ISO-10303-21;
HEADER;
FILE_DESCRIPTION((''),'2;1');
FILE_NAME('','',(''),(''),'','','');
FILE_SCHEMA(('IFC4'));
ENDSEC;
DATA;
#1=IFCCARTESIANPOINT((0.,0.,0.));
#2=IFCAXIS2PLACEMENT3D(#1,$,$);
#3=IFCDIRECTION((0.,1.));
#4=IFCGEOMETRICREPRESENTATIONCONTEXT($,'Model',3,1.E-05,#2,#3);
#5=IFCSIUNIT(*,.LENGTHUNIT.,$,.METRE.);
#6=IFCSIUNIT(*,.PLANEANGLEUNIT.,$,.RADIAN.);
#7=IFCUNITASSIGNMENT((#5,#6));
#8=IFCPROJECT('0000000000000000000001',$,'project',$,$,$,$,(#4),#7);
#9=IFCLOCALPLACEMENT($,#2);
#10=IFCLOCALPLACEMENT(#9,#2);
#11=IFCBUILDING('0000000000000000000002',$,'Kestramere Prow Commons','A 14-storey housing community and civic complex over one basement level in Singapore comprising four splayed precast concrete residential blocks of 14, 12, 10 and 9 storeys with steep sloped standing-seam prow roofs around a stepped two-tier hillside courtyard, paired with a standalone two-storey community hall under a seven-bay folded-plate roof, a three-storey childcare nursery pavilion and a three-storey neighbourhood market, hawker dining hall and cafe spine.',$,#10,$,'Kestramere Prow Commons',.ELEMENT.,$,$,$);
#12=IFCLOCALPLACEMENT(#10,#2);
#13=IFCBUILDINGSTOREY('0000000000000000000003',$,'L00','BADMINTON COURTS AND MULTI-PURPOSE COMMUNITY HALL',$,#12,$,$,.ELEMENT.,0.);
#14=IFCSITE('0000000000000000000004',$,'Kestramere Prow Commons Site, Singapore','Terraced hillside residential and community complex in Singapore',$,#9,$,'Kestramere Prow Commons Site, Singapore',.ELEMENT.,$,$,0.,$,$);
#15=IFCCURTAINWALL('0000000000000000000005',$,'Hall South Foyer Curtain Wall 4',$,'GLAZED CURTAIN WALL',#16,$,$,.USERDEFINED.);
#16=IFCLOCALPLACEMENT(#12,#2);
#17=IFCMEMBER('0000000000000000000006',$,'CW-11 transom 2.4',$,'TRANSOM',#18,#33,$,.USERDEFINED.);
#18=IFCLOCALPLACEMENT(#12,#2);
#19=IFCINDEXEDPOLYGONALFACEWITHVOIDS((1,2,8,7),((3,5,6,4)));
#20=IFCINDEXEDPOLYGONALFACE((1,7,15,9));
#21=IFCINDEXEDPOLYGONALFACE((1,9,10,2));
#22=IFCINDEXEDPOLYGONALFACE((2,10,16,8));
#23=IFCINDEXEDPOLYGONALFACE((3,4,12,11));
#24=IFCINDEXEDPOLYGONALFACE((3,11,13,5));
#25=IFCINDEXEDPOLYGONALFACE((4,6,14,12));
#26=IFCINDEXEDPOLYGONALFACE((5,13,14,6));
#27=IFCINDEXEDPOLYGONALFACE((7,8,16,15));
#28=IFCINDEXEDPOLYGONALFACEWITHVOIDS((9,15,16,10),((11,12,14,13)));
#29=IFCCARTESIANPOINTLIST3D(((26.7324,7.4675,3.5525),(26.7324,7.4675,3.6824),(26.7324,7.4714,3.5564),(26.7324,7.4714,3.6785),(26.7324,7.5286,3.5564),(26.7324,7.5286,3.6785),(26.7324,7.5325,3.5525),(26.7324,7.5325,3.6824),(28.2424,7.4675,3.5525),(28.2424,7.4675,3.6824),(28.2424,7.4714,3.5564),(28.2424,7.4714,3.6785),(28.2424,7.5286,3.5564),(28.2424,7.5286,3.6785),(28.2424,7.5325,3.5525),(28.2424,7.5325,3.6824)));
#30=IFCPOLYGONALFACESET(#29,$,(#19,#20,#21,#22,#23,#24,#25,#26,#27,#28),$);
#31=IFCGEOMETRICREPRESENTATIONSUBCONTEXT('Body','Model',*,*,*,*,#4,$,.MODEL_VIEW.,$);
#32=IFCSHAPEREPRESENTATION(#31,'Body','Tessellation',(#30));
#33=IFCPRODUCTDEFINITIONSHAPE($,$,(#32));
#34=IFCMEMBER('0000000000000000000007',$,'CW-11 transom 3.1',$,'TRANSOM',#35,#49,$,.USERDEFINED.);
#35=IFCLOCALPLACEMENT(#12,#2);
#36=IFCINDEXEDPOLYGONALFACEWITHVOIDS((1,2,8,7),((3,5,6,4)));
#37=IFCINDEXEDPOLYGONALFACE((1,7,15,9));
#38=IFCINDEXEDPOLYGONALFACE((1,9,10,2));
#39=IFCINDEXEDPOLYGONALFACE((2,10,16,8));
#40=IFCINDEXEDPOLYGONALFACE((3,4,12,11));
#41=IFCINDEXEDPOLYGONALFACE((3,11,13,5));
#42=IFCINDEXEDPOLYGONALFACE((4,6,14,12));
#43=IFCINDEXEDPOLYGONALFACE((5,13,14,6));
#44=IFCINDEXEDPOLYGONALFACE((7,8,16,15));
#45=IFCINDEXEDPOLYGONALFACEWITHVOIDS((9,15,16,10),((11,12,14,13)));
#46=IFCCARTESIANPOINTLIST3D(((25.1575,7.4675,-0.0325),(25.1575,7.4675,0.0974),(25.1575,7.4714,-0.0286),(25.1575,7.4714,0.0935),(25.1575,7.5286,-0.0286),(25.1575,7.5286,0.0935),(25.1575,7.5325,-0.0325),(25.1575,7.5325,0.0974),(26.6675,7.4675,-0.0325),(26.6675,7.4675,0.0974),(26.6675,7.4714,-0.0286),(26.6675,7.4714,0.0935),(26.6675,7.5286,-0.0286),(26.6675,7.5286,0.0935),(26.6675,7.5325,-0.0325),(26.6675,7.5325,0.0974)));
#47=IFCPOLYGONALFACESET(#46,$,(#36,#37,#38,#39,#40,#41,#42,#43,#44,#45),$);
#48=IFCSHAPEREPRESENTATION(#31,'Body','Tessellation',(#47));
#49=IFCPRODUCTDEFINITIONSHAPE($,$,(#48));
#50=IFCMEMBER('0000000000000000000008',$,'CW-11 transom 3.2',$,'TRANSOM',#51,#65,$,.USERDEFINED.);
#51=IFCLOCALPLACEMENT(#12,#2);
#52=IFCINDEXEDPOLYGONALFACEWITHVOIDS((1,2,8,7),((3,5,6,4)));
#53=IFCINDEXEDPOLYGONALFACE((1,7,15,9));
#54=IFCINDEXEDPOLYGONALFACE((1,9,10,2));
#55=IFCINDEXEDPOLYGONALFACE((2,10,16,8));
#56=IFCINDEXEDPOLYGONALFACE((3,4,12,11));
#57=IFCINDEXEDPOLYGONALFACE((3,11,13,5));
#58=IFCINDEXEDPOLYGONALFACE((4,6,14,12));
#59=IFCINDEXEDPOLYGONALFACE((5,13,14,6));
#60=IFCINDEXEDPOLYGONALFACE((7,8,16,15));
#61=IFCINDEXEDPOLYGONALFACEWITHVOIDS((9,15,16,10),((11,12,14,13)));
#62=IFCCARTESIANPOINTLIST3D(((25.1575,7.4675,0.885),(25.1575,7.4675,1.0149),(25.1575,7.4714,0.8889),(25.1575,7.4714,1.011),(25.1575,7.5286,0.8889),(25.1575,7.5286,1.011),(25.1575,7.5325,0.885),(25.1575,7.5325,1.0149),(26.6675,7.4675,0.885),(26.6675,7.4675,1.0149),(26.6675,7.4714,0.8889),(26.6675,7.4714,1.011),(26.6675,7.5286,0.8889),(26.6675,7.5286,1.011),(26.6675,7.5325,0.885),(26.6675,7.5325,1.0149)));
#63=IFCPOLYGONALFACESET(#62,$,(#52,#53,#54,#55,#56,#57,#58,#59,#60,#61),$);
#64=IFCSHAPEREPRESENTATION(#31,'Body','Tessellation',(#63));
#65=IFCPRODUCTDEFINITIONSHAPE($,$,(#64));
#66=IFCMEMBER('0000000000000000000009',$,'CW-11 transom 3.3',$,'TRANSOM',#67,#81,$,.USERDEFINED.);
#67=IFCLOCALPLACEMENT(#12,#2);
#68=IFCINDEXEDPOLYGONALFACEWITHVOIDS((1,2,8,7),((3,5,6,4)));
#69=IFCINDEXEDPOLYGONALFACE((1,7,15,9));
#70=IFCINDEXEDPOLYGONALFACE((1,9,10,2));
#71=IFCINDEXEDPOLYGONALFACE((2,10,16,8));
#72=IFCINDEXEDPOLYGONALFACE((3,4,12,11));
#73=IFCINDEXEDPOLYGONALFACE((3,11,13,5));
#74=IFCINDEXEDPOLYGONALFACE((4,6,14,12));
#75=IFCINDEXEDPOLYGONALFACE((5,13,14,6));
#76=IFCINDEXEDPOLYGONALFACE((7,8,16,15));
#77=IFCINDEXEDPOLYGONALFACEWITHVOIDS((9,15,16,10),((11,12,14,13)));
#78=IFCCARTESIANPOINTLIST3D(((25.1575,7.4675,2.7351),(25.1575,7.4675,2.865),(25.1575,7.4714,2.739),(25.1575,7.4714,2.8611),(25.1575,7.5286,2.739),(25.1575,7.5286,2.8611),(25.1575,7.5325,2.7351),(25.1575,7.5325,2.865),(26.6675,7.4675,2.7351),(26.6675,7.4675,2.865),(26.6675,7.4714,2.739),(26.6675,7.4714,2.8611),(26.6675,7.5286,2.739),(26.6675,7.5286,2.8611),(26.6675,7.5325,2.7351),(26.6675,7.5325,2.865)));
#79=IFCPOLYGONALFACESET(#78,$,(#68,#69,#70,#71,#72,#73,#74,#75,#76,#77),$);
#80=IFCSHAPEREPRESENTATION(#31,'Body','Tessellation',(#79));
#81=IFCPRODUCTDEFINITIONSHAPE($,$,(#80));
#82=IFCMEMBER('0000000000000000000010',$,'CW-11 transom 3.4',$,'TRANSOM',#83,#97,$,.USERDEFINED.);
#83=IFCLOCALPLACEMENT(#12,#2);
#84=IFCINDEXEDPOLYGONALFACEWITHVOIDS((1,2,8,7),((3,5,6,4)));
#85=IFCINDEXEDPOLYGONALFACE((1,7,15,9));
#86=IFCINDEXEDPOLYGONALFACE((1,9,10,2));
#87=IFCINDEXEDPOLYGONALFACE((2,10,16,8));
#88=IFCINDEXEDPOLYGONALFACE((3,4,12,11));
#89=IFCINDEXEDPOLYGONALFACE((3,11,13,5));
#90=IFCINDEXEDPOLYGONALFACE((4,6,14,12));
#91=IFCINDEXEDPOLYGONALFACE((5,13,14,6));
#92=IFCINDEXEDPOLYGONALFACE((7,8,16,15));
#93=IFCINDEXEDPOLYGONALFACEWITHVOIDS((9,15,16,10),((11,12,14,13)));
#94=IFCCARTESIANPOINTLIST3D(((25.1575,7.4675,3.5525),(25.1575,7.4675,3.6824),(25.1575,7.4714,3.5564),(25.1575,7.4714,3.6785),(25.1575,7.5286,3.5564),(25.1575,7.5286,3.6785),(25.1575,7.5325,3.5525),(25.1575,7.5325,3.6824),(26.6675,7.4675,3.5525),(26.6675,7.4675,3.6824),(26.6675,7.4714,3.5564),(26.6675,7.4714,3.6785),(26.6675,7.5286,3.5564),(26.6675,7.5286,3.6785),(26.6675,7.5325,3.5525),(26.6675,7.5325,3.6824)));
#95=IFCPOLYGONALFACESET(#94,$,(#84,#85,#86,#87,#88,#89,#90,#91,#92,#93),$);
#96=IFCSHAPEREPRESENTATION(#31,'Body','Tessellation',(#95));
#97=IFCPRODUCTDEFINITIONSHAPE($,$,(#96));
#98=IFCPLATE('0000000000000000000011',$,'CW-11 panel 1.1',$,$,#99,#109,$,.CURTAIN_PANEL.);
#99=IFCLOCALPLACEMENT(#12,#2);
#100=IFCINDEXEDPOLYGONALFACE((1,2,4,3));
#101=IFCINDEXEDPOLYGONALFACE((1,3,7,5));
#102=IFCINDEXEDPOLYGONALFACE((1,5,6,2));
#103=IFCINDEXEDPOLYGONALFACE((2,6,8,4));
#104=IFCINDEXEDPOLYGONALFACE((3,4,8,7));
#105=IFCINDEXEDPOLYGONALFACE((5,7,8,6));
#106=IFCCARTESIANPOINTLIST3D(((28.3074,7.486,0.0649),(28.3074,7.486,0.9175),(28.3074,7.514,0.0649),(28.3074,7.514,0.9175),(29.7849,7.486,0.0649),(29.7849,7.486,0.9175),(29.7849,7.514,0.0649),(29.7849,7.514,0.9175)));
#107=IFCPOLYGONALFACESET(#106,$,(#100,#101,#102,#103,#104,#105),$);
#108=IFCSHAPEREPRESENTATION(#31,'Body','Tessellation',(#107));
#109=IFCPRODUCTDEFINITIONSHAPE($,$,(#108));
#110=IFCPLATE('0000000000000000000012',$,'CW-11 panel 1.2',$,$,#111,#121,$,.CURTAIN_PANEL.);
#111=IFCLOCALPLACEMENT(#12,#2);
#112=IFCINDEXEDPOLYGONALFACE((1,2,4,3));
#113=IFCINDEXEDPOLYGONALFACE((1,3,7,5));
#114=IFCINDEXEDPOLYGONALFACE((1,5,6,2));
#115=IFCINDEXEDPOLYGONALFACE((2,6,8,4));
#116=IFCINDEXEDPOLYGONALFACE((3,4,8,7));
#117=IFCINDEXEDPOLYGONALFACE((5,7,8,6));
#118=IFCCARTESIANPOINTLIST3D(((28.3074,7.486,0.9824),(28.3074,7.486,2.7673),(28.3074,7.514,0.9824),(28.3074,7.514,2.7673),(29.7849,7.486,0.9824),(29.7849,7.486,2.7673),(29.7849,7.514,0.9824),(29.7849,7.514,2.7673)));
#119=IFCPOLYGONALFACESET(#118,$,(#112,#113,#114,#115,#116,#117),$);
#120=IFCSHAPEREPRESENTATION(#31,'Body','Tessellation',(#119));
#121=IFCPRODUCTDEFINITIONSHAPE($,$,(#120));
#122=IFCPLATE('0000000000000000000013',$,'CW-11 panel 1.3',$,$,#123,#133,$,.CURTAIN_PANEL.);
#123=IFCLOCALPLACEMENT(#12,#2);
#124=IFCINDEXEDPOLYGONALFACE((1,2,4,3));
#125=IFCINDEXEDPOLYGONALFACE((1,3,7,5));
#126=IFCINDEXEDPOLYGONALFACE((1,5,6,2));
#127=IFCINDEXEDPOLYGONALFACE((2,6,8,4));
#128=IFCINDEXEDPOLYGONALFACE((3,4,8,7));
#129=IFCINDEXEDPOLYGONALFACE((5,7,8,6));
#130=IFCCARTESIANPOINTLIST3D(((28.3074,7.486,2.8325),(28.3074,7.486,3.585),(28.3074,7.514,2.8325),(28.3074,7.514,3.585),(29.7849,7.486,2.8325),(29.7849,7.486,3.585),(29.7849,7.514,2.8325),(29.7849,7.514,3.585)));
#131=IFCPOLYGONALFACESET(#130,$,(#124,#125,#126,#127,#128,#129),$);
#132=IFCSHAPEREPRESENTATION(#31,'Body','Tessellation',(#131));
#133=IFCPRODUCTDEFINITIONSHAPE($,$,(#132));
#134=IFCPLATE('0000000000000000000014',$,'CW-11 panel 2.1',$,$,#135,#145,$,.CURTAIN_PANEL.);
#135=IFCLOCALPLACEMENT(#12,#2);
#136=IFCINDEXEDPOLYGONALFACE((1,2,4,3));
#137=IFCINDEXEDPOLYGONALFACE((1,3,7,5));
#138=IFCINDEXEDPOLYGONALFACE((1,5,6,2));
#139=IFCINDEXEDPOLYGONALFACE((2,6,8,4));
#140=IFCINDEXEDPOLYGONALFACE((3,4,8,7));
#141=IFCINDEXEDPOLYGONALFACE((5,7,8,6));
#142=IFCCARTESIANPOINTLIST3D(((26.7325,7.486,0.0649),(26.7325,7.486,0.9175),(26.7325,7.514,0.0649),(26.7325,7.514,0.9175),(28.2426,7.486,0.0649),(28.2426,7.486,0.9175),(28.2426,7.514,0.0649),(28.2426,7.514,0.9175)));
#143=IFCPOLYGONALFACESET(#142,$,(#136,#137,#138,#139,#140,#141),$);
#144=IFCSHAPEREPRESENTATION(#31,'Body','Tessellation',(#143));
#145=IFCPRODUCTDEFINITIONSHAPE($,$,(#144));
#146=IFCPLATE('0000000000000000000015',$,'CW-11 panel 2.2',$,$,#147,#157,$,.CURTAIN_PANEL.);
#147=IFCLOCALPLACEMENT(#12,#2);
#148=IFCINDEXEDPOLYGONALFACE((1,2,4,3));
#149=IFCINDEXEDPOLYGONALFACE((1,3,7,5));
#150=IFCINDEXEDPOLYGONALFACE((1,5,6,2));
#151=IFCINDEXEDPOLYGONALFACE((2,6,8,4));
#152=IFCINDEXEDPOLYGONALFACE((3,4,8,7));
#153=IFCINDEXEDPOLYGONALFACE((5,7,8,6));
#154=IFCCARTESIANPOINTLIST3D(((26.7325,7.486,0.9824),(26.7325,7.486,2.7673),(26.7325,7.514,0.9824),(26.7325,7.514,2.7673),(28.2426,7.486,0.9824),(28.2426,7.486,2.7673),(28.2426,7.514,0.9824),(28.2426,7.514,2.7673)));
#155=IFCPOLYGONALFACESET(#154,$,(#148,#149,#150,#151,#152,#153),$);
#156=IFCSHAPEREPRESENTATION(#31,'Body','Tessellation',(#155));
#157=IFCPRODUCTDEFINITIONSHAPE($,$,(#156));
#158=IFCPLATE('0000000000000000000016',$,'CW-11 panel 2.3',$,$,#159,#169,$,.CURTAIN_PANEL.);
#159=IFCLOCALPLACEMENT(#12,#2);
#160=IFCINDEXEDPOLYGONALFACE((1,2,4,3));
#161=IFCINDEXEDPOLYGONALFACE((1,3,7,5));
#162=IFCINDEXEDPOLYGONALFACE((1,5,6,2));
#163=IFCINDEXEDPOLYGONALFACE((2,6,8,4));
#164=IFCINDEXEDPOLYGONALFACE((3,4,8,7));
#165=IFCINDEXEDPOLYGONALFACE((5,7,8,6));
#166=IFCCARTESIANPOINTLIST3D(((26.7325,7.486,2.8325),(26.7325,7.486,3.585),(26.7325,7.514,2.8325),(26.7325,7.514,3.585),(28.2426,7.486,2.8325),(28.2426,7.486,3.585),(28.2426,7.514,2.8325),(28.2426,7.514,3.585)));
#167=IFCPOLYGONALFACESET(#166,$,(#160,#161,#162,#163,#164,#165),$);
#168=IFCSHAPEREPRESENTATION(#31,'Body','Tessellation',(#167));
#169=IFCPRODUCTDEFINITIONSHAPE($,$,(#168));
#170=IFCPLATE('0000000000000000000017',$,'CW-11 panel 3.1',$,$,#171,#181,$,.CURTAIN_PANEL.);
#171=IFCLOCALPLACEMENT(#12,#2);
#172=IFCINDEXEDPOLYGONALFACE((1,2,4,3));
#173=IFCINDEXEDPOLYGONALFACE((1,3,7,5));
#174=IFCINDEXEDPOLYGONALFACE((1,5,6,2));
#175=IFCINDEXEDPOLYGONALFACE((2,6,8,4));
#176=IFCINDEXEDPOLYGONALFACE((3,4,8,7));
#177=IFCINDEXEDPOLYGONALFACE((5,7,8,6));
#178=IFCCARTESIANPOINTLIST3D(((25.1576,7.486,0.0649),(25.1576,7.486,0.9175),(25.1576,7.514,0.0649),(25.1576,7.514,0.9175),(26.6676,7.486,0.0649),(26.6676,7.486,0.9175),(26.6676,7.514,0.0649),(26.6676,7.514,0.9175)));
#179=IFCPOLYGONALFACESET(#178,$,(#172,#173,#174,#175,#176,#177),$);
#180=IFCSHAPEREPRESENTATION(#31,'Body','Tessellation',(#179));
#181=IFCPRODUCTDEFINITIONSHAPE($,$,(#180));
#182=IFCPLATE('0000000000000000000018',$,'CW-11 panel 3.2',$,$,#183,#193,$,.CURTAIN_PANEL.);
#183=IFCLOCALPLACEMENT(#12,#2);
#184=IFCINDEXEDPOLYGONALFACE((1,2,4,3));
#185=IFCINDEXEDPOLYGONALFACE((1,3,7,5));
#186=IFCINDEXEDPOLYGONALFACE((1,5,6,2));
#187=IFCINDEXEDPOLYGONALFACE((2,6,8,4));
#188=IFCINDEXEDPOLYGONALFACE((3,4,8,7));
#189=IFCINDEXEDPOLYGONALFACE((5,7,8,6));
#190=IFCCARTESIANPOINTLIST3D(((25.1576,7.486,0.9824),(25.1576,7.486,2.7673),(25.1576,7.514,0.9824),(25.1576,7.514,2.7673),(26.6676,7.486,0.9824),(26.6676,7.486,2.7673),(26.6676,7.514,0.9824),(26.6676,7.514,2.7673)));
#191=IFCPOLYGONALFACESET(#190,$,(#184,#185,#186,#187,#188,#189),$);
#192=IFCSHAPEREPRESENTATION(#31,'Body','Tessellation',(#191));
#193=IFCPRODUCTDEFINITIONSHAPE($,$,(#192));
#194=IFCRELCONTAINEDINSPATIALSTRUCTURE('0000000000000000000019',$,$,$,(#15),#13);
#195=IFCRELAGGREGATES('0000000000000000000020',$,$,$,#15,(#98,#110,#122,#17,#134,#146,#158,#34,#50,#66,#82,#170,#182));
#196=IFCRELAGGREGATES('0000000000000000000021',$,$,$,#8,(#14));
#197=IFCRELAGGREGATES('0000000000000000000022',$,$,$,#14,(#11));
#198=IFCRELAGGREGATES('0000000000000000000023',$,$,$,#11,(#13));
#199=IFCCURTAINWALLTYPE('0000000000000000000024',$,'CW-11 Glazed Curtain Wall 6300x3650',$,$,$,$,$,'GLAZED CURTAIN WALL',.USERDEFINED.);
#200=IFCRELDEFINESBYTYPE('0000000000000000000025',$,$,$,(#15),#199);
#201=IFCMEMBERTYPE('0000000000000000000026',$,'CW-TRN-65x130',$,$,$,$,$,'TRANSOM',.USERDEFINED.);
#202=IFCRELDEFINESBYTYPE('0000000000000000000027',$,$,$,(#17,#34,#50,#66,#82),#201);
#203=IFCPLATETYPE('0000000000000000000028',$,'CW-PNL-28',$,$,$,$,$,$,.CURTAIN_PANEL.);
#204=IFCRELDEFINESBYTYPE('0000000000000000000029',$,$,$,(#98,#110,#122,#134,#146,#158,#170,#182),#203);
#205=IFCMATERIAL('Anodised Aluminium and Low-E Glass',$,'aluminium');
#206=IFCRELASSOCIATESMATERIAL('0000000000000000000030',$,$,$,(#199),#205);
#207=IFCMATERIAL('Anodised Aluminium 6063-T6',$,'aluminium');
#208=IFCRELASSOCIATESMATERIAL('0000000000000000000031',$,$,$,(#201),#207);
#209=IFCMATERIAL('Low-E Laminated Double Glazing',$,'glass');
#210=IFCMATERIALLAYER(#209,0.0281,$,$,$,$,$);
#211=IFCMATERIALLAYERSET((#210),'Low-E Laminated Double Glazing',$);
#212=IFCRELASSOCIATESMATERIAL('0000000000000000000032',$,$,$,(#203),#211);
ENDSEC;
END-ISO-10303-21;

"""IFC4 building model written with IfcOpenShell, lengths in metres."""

from ifc_helpers import new_model, si_unit, direction, frame, origin, origin_2d, place, context, subcontext, project, spatial, rectangle, hollow_rectangle, extrude, material, layer, layer_set, material_profile, profile_set, type_object, element, aggregate, save


model = new_model("IFC4")

# Units and contexts
model_context = context("Model", 3, precision=1e-05, world=origin(), true_north=direction((0.0, 1.0)))
body_context = subcontext(model_context, "Body", "Model", "MODEL_VIEW")
ifc_project = project(units=[si_unit("LENGTHUNIT", "METRE"), si_unit("PLANEANGLEUNIT", "RADIAN")], contexts=[model_context])

# Site, building, storey
site_placement = place(None, origin())
site = spatial("IfcSite", under=ifc_project, at=site_placement, Name="Kestramere Prow Commons Site, Singapore", Description="Terraced hillside residential and community complex in Singapore", LongName="Kestramere Prow Commons Site, Singapore", CompositionType="ELEMENT", RefElevation=0.0)
building_placement = place(site_placement, origin())
building = spatial("IfcBuilding", under=site, at=building_placement, Name="Kestramere Prow Commons", Description="A 14-storey housing community and civic complex over one basement level in Singapore comprising four splayed precast concrete residential blocks of 14, 12, 10 and 9 storeys with steep sloped standing-seam prow roofs around a stepped two-tier hillside courtyard, paired with a standalone two-storey community hall under a seven-bay folded-plate roof, a three-storey childcare nursery pavilion and a three-storey neighbourhood market, hawker dining hall and cafe spine.", LongName="Kestramere Prow Commons", CompositionType="ELEMENT")
storey_placement = place(building_placement, origin())
storey = spatial("IfcBuildingStorey", under=building, at=storey_placement, Name="L00", Description="BADMINTON COURTS AND MULTI-PURPOSE COMMUNITY HALL", CompositionType="ELEMENT", Elevation=0.0)

# Curtain wall, members, plates
ifc_material_1 = material(Name="Anodised Aluminium and Low-E Glass", Category="aluminium")
curtain_wall_type = type_object("IfcCurtainWallType", Name="CW-11 Glazed Curtain Wall 6300x3650", ElementType="GLAZED CURTAIN WALL", PredefinedType="USERDEFINED", material=ifc_material_1)
curtain_wall_placement = place(storey_placement, origin())
curtain_wall = element("IfcCurtainWall", 1, at=curtain_wall_placement, inside=storey, type_object=curtain_wall_type, Name="Hall South Foyer Curtain Wall 4", ObjectType="GLAZED CURTAIN WALL", PredefinedType="USERDEFINED")
ifc_material_2 = material(Name="Anodised Aluminium 6063-T6", Category="aluminium")
ifc_material_profile_1 = material_profile(ifc_material_2, hollow_rectangle(XDim=0.0649, YDim=0.1299, WallThickness=0.0039, at=origin_2d()), Name="ALU-TRN 65x130")
ifc_profile_set_1 = profile_set([ifc_material_profile_1], Name="Anodised Aluminium 6063-T6")
member_type_1 = type_object("IfcMemberType", Name="CW-TRN-65x130", ElementType="TRANSOM", PredefinedType="USERDEFINED", material=ifc_profile_set_1)
member_1_placement = place(storey_placement, frame((28.2424, 7.5, 3.6174), z_axis=(-1.0, 0.0, 0.0), x_axis=(0.0, -1.0, 0.0)))
member_1 = element("IfcMember", 2, at=member_1_placement, type_object=member_type_1, Name="CW-11 transom 2.4", ObjectType="TRANSOM", PredefinedType="USERDEFINED", context=body_context, shape_type="SweptSolid", body=[
    extrude(hollow_rectangle(XDim=0.0649, YDim=0.1299, WallThickness=0.0039, at=origin_2d()), origin(), (0.0, 0.0, 1.0), 1.51),
])
member_2_placement = place(storey_placement, frame((26.6675, 7.5, 0.0325), z_axis=(-1.0, 0.0, 0.0), x_axis=(0.0, -1.0, 0.0)))
member_2 = element("IfcMember", 3, at=member_2_placement, type_object=member_type_1, Name="CW-11 transom 3.1", ObjectType="TRANSOM", PredefinedType="USERDEFINED", context=body_context, shape_type="SweptSolid", body=[
    extrude(hollow_rectangle(XDim=0.0649, YDim=0.1299, WallThickness=0.0039, at=origin_2d()), origin(), (0.0, 0.0, 1.0), 1.51),
])
member_3_placement = place(storey_placement, frame((26.6675, 7.5, 0.95), z_axis=(-1.0, 0.0, 0.0), x_axis=(0.0, -1.0, 0.0)))
member_3 = element("IfcMember", 4, at=member_3_placement, type_object=member_type_1, Name="CW-11 transom 3.2", ObjectType="TRANSOM", PredefinedType="USERDEFINED", context=body_context, shape_type="SweptSolid", body=[
    extrude(hollow_rectangle(XDim=0.0649, YDim=0.1299, WallThickness=0.0039, at=origin_2d()), origin(), (0.0, 0.0, 1.0), 1.51),
])
member_4_placement = place(storey_placement, frame((26.6675, 7.5, 2.8), z_axis=(-1.0, 0.0, 0.0), x_axis=(0.0, -1.0, 0.0)))
member_4 = element("IfcMember", 5, at=member_4_placement, type_object=member_type_1, Name="CW-11 transom 3.3", ObjectType="TRANSOM", PredefinedType="USERDEFINED", context=body_context, shape_type="SweptSolid", body=[
    extrude(hollow_rectangle(XDim=0.0649, YDim=0.1299, WallThickness=0.0039, at=origin_2d()), origin(), (0.0, 0.0, 1.0), 1.51),
])
member_5_placement = place(storey_placement, frame((26.6675, 7.5, 3.6174), z_axis=(-1.0, 0.0, 0.0), x_axis=(0.0, -1.0, 0.0)))
member_5 = element("IfcMember", 6, at=member_5_placement, type_object=member_type_1, Name="CW-11 transom 3.4", ObjectType="TRANSOM", PredefinedType="USERDEFINED", context=body_context, shape_type="SweptSolid", body=[
    extrude(hollow_rectangle(XDim=0.0649, YDim=0.1299, WallThickness=0.0039, at=origin_2d()), origin(), (0.0, 0.0, 1.0), 1.51),
])
ifc_material_3 = material(Name="Low-E Laminated Double Glazing", Category="glass")
ifc_layer = layer(ifc_material_3, 0.0281)
ifc_layer_set = layer_set([ifc_layer], Name="Low-E Laminated Double Glazing")
plate_type = type_object("IfcPlateType", Name="CW-PNL-28", PredefinedType="CURTAIN_PANEL", material=ifc_layer_set)
plate_1_placement = place(storey_placement, frame((29.0461, 7.5, 0.0649), z_axis=(0.0, 0.0, 1.0), x_axis=(-1.0, 0.0, 0.0)))
plate_1 = element("IfcPlate", 7, at=plate_1_placement, type_object=plate_type, Name="CW-11 panel 1.1", PredefinedType="CURTAIN_PANEL", context=body_context, shape_type="SweptSolid", body=[
    extrude(rectangle(XDim=1.4775, YDim=0.0281, at=origin_2d()), origin(), (0.0, 0.0, 1.0), 0.8525),
])
plate_2_placement = place(storey_placement, frame((29.0461, 7.5, 0.9824), z_axis=(0.0, 0.0, 1.0), x_axis=(-1.0, 0.0, 0.0)))
plate_2 = element("IfcPlate", 8, at=plate_2_placement, type_object=plate_type, Name="CW-11 panel 1.2", PredefinedType="CURTAIN_PANEL", context=body_context, shape_type="SweptSolid", body=[
    extrude(rectangle(XDim=1.4775, YDim=0.0281, at=origin_2d()), origin(), (0.0, 0.0, 1.0), 1.7849),
])
plate_3_placement = place(storey_placement, frame((29.0461, 7.5, 2.8325), z_axis=(0.0, 0.0, 1.0), x_axis=(-1.0, 0.0, 0.0)))
plate_3 = element("IfcPlate", 9, at=plate_3_placement, type_object=plate_type, Name="CW-11 panel 1.3", PredefinedType="CURTAIN_PANEL", context=body_context, shape_type="SweptSolid", body=[
    extrude(rectangle(XDim=1.4775, YDim=0.0281, at=origin_2d()), origin(), (0.0, 0.0, 1.0), 0.7524),
])
plate_4_placement = place(storey_placement, frame((27.4875, 7.5, 0.0649), z_axis=(0.0, 0.0, 1.0), x_axis=(-1.0, 0.0, 0.0)))
plate_4 = element("IfcPlate", 10, at=plate_4_placement, type_object=plate_type, Name="CW-11 panel 2.1", PredefinedType="CURTAIN_PANEL", context=body_context, shape_type="SweptSolid", body=[
    extrude(rectangle(XDim=1.51, YDim=0.0281, at=origin_2d()), origin(), (0.0, 0.0, 1.0), 0.8525),
])
plate_5_placement = place(storey_placement, frame((27.4875, 7.5, 0.9824), z_axis=(0.0, 0.0, 1.0), x_axis=(-1.0, 0.0, 0.0)))
plate_5 = element("IfcPlate", 11, at=plate_5_placement, type_object=plate_type, Name="CW-11 panel 2.2", PredefinedType="CURTAIN_PANEL", context=body_context, shape_type="SweptSolid", body=[
    extrude(rectangle(XDim=1.51, YDim=0.0281, at=origin_2d()), origin(), (0.0, 0.0, 1.0), 1.7849),
])
plate_6_placement = place(storey_placement, frame((27.4875, 7.5, 2.8325), z_axis=(0.0, 0.0, 1.0), x_axis=(-1.0, 0.0, 0.0)))
plate_6 = element("IfcPlate", 12, at=plate_6_placement, type_object=plate_type, Name="CW-11 panel 2.3", PredefinedType="CURTAIN_PANEL", context=body_context, shape_type="SweptSolid", body=[
    extrude(rectangle(XDim=1.51, YDim=0.0281, at=origin_2d()), origin(), (0.0, 0.0, 1.0), 0.7524),
])
plate_7_placement = place(storey_placement, frame((25.9126, 7.5, 0.0649), z_axis=(0.0, 0.0, 1.0), x_axis=(-1.0, 0.0, 0.0)))
plate_7 = element("IfcPlate", 13, at=plate_7_placement, type_object=plate_type, Name="CW-11 panel 3.1", PredefinedType="CURTAIN_PANEL", context=body_context, shape_type="SweptSolid", body=[
    extrude(rectangle(XDim=1.51, YDim=0.0281, at=origin_2d()), origin(), (0.0, 0.0, 1.0), 0.8525),
])
plate_8_placement = place(storey_placement, frame((25.9126, 7.5, 0.9824), z_axis=(0.0, 0.0, 1.0), x_axis=(-1.0, 0.0, 0.0)))
plate_8 = element("IfcPlate", 14, at=plate_8_placement, type_object=plate_type, Name="CW-11 panel 3.2", PredefinedType="CURTAIN_PANEL", context=body_context, shape_type="SweptSolid", body=[
    extrude(rectangle(XDim=1.51, YDim=0.0281, at=origin_2d()), origin(), (0.0, 0.0, 1.0), 1.7849),
])
aggregate(curtain_wall, [plate_1, plate_2, plate_3, member_1, plate_4, plate_5, plate_6, member_2, member_3, member_4, member_5, plate_7, plate_8])

save(model, "model.ifc")
